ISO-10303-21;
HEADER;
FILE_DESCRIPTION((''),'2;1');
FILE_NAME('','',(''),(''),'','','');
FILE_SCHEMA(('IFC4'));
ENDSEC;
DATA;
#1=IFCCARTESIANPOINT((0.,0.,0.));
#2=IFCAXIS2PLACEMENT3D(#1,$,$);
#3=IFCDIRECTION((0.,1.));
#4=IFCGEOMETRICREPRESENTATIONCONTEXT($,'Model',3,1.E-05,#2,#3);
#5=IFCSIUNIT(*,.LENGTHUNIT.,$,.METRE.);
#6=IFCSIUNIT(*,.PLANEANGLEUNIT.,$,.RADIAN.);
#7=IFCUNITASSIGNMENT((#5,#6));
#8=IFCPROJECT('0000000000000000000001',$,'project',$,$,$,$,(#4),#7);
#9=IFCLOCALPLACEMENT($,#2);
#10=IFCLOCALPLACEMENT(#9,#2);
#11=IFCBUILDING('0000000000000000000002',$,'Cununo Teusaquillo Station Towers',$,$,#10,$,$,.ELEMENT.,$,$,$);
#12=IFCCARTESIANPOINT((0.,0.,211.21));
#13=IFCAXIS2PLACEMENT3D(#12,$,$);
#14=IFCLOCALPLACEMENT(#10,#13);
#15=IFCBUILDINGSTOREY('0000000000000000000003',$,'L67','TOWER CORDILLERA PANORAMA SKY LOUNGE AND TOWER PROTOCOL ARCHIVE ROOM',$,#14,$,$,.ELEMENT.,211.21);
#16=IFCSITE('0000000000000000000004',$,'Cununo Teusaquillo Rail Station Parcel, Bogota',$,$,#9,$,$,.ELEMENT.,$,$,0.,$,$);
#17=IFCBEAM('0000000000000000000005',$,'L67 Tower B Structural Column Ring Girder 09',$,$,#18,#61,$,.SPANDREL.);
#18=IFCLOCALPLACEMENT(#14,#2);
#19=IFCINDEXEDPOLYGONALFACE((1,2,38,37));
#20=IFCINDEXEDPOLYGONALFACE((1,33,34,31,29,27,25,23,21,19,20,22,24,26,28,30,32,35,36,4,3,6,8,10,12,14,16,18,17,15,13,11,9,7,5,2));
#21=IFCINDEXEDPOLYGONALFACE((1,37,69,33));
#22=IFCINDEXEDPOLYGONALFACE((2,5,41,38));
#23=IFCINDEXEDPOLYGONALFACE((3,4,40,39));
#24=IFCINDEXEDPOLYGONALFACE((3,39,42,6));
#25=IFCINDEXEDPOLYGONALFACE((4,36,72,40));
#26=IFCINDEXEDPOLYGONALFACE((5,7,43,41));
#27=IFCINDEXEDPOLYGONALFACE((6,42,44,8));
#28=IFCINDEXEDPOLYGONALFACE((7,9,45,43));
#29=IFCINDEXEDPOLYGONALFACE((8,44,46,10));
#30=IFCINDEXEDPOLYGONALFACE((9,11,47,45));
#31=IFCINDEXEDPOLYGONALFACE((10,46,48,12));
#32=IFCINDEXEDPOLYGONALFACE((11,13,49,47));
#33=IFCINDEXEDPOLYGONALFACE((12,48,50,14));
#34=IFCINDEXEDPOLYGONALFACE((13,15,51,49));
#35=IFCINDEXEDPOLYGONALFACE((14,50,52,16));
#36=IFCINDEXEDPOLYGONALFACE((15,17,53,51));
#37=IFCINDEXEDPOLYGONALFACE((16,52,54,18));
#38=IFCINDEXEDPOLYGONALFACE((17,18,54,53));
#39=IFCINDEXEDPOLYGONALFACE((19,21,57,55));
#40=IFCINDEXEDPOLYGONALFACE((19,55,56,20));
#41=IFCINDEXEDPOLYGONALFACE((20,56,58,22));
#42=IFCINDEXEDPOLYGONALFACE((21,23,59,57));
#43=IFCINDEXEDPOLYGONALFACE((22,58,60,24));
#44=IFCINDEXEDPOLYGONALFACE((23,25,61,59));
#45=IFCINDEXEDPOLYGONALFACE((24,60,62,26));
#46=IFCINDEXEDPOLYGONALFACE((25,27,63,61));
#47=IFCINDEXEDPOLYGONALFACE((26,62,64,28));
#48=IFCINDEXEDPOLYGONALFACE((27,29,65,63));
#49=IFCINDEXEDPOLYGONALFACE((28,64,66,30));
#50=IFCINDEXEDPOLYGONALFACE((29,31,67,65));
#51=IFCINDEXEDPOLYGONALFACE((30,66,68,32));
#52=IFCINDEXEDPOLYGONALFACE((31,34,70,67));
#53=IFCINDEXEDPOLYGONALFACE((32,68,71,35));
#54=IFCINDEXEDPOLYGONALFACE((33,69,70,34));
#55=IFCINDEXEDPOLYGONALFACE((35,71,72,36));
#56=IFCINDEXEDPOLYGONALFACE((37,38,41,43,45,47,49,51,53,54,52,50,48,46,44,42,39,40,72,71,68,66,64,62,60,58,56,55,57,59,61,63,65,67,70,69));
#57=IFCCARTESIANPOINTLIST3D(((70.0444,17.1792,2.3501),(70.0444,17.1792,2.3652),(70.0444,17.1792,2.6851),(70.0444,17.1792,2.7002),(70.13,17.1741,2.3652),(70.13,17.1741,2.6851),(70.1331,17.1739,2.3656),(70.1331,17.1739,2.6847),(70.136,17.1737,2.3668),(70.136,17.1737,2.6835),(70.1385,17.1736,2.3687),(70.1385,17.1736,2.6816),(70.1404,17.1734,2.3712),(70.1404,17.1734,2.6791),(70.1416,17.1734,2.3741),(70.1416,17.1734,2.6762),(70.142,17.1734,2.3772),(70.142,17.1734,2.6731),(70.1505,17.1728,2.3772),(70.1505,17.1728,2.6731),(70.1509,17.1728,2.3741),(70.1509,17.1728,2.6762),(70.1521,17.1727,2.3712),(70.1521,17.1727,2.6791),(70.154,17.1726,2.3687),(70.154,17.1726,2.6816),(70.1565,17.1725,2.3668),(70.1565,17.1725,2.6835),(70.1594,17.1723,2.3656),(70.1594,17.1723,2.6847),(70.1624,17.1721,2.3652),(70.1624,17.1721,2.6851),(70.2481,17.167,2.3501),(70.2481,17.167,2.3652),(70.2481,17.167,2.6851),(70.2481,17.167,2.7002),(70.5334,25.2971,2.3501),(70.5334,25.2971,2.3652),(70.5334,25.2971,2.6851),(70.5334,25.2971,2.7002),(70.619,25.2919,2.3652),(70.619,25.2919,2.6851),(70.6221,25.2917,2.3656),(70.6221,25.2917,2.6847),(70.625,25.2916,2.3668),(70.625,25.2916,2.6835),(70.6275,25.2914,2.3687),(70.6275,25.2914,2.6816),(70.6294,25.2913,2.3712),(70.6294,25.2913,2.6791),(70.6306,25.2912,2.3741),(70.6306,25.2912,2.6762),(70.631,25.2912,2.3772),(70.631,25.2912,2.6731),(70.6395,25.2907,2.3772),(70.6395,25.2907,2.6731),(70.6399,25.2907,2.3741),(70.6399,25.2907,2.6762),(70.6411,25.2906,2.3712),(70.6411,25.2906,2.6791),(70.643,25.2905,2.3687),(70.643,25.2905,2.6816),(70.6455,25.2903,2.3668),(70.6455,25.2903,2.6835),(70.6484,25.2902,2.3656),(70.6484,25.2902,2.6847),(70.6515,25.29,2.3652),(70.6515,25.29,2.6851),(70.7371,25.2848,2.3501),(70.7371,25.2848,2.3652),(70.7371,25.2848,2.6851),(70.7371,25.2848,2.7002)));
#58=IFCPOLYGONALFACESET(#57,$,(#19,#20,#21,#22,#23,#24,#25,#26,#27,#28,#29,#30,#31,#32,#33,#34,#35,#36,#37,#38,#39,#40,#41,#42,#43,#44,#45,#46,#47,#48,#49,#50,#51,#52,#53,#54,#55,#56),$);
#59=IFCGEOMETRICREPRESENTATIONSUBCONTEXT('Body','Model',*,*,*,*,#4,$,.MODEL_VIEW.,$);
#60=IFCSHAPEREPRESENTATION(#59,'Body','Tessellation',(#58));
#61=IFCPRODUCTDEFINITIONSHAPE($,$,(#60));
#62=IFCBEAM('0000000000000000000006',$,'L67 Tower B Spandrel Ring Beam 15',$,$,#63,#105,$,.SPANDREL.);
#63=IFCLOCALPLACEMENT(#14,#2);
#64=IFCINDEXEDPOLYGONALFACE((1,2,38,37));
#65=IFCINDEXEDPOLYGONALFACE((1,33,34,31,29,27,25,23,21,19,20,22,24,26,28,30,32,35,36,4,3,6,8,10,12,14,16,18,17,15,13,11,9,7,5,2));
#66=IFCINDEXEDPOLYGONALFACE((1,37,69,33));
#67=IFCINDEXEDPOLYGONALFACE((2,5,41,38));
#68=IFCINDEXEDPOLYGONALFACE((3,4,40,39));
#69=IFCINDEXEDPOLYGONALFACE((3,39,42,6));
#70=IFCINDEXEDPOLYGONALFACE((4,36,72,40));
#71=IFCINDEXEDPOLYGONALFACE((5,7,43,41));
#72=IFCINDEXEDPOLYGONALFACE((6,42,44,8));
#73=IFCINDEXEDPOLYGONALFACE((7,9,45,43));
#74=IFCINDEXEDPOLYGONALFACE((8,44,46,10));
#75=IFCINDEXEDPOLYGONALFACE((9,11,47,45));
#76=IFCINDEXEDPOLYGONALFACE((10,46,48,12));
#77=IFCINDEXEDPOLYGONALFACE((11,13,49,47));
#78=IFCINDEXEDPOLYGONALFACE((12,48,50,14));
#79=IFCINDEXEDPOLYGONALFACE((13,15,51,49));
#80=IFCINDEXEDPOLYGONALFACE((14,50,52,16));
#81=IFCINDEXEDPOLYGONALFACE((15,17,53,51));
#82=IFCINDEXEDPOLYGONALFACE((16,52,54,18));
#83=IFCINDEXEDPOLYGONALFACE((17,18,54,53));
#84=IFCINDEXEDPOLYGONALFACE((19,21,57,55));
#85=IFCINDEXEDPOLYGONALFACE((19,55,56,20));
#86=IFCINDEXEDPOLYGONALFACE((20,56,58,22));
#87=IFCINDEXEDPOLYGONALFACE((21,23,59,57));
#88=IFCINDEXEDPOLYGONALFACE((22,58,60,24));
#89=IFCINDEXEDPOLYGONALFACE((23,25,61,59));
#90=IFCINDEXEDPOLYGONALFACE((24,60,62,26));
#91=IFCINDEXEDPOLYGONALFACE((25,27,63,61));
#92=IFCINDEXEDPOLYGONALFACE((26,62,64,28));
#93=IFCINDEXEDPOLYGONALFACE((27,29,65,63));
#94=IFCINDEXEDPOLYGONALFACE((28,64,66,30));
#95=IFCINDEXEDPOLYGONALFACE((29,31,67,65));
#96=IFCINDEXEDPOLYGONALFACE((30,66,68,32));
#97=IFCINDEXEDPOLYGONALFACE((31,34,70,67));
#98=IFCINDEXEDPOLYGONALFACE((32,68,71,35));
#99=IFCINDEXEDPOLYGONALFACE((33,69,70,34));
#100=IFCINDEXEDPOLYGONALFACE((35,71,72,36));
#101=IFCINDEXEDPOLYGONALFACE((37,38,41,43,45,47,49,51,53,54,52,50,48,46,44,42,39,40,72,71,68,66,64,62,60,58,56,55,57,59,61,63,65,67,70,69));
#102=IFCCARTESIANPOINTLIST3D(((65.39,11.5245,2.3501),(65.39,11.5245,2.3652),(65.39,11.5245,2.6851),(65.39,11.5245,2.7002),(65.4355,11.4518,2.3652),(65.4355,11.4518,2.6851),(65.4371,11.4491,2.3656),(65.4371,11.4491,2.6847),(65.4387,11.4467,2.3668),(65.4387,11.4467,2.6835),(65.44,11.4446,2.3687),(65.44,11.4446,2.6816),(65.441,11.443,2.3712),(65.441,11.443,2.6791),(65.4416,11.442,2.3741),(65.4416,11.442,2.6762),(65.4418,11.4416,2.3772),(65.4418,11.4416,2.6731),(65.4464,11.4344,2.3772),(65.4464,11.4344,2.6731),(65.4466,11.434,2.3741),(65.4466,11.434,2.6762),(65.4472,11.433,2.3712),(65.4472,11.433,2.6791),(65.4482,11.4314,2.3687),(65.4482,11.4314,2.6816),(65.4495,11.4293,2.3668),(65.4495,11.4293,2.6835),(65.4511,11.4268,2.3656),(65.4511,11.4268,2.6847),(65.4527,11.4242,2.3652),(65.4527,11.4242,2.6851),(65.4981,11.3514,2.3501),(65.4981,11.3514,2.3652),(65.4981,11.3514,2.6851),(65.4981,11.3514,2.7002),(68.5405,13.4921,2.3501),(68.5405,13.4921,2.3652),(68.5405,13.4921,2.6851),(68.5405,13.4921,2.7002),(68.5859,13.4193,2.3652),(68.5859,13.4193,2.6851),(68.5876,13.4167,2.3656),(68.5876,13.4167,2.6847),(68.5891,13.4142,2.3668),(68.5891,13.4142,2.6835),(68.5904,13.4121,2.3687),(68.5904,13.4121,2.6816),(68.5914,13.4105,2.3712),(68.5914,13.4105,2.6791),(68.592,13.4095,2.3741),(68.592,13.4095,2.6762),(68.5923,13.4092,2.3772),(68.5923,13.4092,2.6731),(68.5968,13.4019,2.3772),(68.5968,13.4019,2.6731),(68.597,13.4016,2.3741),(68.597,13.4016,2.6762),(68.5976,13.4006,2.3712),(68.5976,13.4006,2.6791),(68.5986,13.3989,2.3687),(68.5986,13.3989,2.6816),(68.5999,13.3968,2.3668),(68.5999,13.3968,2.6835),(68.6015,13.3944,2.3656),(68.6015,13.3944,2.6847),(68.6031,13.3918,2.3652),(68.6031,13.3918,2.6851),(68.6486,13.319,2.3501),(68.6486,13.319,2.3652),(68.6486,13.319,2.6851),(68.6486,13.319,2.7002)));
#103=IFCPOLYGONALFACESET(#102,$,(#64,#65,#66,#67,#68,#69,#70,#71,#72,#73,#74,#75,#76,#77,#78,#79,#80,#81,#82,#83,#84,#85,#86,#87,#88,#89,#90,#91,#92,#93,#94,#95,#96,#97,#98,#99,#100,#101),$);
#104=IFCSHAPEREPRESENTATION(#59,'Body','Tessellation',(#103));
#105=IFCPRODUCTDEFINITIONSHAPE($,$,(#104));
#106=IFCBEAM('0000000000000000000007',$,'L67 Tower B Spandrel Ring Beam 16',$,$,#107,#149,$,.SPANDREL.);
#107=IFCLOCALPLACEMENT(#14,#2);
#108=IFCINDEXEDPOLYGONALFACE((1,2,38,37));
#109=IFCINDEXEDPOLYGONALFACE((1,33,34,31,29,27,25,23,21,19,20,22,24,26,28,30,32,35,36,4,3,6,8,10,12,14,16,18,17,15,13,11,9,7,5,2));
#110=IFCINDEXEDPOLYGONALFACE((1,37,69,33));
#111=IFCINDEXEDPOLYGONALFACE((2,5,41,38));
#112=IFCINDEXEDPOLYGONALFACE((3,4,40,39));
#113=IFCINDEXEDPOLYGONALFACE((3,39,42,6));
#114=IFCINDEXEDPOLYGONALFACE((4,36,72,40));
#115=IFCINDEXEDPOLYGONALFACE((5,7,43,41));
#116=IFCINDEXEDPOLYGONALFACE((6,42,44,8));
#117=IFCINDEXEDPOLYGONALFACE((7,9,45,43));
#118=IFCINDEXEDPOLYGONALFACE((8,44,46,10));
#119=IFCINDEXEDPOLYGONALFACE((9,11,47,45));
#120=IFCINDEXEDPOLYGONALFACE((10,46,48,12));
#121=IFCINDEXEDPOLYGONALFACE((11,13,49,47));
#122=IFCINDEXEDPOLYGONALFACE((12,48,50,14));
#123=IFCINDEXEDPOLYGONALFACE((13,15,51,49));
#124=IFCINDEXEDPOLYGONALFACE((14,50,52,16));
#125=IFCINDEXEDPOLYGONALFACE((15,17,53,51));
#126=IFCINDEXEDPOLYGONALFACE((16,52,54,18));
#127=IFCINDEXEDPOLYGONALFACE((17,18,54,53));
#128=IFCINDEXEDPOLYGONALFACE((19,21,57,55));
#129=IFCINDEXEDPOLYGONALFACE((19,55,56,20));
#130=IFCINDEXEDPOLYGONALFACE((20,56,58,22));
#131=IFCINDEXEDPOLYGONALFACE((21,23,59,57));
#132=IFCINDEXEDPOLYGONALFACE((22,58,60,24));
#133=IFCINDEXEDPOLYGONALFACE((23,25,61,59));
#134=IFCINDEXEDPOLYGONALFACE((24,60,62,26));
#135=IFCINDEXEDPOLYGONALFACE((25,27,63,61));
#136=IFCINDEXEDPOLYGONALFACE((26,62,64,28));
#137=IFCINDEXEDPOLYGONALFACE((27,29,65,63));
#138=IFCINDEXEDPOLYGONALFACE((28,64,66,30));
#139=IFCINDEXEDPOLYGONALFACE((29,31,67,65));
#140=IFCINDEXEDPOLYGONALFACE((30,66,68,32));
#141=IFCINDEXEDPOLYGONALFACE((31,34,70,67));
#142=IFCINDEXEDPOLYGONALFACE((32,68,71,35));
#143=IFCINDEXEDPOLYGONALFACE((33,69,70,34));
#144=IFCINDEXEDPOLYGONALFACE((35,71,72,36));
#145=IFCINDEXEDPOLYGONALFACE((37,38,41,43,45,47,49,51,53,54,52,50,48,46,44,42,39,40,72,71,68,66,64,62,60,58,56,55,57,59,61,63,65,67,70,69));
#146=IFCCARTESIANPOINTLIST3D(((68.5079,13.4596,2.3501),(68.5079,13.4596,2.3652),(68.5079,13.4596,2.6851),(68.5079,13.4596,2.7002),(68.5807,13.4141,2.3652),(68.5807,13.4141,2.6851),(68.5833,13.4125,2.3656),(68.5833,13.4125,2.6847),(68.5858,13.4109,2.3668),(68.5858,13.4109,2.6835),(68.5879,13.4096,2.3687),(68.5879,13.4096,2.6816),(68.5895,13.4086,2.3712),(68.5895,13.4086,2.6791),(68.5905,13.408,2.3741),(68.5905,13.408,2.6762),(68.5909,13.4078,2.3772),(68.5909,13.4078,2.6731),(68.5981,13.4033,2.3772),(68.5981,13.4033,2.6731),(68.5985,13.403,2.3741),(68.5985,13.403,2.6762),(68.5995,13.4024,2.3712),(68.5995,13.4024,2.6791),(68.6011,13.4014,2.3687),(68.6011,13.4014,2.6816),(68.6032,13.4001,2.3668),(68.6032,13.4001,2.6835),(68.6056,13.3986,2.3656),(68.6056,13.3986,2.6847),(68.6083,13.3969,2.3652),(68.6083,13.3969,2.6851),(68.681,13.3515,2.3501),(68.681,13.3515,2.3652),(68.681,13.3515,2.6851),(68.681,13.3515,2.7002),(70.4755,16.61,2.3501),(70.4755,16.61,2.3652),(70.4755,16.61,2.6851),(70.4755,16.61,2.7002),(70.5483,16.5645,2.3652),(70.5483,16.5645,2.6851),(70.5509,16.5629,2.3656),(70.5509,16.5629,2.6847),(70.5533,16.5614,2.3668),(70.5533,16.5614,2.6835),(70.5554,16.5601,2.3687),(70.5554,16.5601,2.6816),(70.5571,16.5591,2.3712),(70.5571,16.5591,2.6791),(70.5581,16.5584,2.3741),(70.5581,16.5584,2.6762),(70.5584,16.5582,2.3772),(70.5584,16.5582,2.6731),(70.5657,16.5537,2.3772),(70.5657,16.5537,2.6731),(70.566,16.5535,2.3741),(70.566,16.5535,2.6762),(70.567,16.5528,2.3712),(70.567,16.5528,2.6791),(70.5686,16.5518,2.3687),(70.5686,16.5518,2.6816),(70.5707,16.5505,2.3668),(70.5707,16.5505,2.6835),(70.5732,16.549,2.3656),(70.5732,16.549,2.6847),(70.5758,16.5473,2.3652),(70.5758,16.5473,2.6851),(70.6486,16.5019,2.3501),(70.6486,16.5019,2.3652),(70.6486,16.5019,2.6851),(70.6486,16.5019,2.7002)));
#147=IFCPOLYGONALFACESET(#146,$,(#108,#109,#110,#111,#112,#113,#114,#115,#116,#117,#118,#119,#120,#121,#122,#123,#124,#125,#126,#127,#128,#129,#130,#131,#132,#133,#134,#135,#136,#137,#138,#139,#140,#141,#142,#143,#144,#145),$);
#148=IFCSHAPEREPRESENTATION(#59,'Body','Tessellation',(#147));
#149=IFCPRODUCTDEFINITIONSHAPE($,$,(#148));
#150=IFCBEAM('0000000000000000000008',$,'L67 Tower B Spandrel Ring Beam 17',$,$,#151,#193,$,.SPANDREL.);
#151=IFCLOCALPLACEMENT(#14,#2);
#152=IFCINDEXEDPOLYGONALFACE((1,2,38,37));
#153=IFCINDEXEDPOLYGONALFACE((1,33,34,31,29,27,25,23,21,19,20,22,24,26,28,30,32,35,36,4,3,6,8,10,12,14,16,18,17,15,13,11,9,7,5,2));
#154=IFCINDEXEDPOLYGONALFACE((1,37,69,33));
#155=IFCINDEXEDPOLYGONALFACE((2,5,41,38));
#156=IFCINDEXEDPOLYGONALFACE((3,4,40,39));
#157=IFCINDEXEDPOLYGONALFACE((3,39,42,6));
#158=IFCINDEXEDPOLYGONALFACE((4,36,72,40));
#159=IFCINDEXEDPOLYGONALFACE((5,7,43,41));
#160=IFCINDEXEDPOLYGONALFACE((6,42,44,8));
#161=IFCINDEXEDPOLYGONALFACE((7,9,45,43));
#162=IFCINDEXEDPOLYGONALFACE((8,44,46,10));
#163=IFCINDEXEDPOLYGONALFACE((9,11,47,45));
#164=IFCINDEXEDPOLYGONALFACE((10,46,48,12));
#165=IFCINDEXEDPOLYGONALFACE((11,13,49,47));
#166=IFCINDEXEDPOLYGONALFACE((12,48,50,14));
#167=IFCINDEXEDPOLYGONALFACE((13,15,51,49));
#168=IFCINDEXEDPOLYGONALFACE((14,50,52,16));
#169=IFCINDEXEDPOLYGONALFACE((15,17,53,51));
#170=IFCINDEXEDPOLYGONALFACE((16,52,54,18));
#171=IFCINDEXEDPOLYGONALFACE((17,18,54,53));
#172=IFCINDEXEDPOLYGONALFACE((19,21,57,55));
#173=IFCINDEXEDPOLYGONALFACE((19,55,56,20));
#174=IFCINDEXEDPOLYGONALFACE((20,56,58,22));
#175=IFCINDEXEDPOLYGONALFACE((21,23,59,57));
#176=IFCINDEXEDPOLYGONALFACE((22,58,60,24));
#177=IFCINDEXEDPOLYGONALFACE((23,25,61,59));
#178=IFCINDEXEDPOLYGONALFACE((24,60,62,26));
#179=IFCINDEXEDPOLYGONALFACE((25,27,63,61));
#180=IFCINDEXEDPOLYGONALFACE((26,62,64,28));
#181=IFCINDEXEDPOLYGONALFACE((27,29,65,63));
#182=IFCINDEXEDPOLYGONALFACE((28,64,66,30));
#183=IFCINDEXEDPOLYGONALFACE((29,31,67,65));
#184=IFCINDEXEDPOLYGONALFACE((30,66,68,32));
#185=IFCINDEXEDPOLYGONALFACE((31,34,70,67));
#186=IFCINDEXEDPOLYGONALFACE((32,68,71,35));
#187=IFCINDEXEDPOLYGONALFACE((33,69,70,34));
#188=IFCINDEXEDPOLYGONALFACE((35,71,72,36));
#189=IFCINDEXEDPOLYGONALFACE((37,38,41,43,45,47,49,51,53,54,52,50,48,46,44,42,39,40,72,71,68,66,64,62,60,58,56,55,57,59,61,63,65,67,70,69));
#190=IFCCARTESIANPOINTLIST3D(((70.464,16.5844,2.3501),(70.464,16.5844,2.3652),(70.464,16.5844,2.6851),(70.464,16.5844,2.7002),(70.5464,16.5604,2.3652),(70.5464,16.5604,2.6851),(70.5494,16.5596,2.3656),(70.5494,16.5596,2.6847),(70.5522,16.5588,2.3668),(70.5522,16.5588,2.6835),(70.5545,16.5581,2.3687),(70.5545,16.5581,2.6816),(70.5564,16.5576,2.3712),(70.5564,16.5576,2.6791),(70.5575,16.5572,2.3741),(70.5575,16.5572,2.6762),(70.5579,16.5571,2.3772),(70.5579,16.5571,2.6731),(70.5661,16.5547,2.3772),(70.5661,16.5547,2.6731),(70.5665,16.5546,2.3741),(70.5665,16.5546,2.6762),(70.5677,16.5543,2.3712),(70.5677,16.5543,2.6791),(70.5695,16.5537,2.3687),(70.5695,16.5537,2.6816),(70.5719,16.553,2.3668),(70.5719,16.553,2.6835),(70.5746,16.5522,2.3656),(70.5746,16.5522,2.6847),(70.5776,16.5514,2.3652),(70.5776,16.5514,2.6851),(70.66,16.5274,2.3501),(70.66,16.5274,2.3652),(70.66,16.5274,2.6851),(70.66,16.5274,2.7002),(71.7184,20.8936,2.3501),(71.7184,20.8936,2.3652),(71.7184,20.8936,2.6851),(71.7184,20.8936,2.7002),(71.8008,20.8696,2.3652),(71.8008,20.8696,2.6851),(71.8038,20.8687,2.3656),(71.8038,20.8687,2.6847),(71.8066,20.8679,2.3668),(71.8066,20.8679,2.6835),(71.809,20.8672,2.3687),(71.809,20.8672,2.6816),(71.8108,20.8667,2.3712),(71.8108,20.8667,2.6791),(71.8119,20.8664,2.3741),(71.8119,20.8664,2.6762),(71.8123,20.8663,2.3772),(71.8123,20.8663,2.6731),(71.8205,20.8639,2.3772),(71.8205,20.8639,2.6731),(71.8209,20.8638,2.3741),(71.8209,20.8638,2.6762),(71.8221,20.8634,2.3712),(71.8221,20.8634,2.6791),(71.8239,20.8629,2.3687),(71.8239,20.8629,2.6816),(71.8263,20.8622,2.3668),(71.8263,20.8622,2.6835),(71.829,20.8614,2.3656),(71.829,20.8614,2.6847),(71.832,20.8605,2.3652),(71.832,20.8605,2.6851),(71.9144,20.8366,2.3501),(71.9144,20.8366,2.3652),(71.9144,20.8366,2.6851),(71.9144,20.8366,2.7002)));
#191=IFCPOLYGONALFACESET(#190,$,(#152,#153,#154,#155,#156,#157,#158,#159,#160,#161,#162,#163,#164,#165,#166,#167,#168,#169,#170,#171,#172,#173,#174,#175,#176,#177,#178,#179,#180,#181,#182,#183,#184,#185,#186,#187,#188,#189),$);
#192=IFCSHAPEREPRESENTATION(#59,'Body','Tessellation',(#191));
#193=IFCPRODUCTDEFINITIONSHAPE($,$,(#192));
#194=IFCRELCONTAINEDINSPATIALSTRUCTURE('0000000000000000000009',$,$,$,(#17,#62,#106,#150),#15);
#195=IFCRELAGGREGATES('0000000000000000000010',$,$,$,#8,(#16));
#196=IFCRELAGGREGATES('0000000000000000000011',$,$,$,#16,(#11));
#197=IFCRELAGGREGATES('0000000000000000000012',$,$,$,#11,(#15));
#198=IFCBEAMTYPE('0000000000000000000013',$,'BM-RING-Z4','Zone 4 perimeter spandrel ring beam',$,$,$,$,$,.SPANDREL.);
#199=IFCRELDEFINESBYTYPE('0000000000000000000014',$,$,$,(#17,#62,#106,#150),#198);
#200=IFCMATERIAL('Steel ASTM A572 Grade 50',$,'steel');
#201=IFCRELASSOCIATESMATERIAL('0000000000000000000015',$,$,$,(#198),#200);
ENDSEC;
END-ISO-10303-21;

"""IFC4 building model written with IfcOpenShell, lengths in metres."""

from ifc_helpers import new_model, si_unit, direction, frame, origin, origin_2d, place, context, subcontext, project, spatial, i_section, extrude, material, material_profile, profile_set, type_object, element, save


model = new_model("IFC4")

# Units and contexts
model_context = context("Model", 3, precision=1e-05, world=origin(), true_north=direction((0.0, 1.0)))
body_context = subcontext(model_context, "Body", "Model", "MODEL_VIEW")
ifc_project = project(units=[si_unit("LENGTHUNIT", "METRE"), si_unit("PLANEANGLEUNIT", "RADIAN")], contexts=[model_context])

# Site, building, storey
site_placement = place(None, origin())
site = spatial("IfcSite", under=ifc_project, at=site_placement, Name="Cununo Teusaquillo Rail Station Parcel, Bogota", CompositionType="ELEMENT", RefElevation=0.0)
building_placement = place(site_placement, origin())
building = spatial("IfcBuilding", under=site, at=building_placement, Name="Cununo Teusaquillo Station Towers", CompositionType="ELEMENT")
storey_placement = place(building_placement, frame((0.0, 0.0, 211.21)))
storey = spatial("IfcBuildingStorey", under=building, at=storey_placement, Name="L67", Description="TOWER CORDILLERA PANORAMA SKY LOUNGE AND TOWER PROTOCOL ARCHIVE ROOM", CompositionType="ELEMENT", Elevation=211.21)

# Beams
ifc_material_1 = material(Name="Steel ASTM A572 Grade 50", Category="steel")
ifc_material_profile_1 = material_profile(ifc_material_1, i_section(OverallWidth=0.2041, OverallDepth=0.3501, WebThickness=0.0085, FlangeThickness=0.0151, FilletRadius=0.012, at=origin_2d()), Name="W14X48")
ifc_profile_set_1 = profile_set([ifc_material_profile_1], Name="Steel ASTM A572 Grade 50")
beam_type_1 = type_object("IfcBeamType", Name="BM-RING-Z4", Description="Zone 4 perimeter spandrel ring beam", PredefinedType="SPANDREL", material=ifc_profile_set_1)
beam_1_placement = place(storey_placement, frame((70.1462, 17.1731, 2.5251), z_axis=(0.06013, 0.998191, 0.0), x_axis=(-0.998191, 0.06013, 0.0)))
element("IfcBeam", 1, at=beam_1_placement, inside=storey, type_object=beam_type_1, Name="L67 Tower B Structural Column Ring Girder 09", PredefinedType="SPANDREL", context=body_context, shape_type="SweptSolid", body=[
    extrude(i_section(OverallWidth=0.2041, OverallDepth=0.3501, WebThickness=0.0085, FlangeThickness=0.0151, FilletRadius=0.012, at=origin_2d()), origin(), (0.0, 0.0, 1.0), 8.1326),
])
for number, where, z_axis, x_axis, name in (
    (2, (65.4441, 11.438, 2.5251), (0.848176, 0.529715, 0.0), (-0.529715, 0.848176, 0.0), "L67 Tower B Spandrel Ring Beam 15"),
    (3, (68.5945, 13.4055, 2.5251), (0.529715, 0.848176, 0.0), (-0.848176, 0.529715, 0.0), "L67 Tower B Spandrel Ring Beam 16"),
):
    element("IfcBeam", number, at=place(storey_placement, frame(where, z_axis=z_axis, x_axis=x_axis)), inside=storey, type_object=beam_type_1, Name=name, PredefinedType="SPANDREL", context=body_context, shape_type="SweptSolid", body=[
        extrude(i_section(OverallWidth=0.2041, OverallDepth=0.3501, WebThickness=0.0085, FlangeThickness=0.0151, FilletRadius=0.012, at=origin_2d()), origin(), (0.0, 0.0, 1.0), 3.7144),
    ])
beam_2_placement = place(storey_placement, frame((70.562, 16.5559, 2.5251), z_axis=(0.279503, 0.960145, 0.0), x_axis=(-0.960145, 0.279503, 0.0)))
element("IfcBeam", 4, at=beam_2_placement, inside=storey, type_object=beam_type_1, Name="L67 Tower B Spandrel Ring Beam 17", PredefinedType="SPANDREL", context=body_context, shape_type="SweptSolid", body=[
    extrude(i_section(OverallWidth=0.2041, OverallDepth=0.3501, WebThickness=0.0085, FlangeThickness=0.0151, FilletRadius=0.012, at=origin_2d()), origin(), (0.0, 0.0, 1.0), 4.488),
])

save(model, "model.ifc")
